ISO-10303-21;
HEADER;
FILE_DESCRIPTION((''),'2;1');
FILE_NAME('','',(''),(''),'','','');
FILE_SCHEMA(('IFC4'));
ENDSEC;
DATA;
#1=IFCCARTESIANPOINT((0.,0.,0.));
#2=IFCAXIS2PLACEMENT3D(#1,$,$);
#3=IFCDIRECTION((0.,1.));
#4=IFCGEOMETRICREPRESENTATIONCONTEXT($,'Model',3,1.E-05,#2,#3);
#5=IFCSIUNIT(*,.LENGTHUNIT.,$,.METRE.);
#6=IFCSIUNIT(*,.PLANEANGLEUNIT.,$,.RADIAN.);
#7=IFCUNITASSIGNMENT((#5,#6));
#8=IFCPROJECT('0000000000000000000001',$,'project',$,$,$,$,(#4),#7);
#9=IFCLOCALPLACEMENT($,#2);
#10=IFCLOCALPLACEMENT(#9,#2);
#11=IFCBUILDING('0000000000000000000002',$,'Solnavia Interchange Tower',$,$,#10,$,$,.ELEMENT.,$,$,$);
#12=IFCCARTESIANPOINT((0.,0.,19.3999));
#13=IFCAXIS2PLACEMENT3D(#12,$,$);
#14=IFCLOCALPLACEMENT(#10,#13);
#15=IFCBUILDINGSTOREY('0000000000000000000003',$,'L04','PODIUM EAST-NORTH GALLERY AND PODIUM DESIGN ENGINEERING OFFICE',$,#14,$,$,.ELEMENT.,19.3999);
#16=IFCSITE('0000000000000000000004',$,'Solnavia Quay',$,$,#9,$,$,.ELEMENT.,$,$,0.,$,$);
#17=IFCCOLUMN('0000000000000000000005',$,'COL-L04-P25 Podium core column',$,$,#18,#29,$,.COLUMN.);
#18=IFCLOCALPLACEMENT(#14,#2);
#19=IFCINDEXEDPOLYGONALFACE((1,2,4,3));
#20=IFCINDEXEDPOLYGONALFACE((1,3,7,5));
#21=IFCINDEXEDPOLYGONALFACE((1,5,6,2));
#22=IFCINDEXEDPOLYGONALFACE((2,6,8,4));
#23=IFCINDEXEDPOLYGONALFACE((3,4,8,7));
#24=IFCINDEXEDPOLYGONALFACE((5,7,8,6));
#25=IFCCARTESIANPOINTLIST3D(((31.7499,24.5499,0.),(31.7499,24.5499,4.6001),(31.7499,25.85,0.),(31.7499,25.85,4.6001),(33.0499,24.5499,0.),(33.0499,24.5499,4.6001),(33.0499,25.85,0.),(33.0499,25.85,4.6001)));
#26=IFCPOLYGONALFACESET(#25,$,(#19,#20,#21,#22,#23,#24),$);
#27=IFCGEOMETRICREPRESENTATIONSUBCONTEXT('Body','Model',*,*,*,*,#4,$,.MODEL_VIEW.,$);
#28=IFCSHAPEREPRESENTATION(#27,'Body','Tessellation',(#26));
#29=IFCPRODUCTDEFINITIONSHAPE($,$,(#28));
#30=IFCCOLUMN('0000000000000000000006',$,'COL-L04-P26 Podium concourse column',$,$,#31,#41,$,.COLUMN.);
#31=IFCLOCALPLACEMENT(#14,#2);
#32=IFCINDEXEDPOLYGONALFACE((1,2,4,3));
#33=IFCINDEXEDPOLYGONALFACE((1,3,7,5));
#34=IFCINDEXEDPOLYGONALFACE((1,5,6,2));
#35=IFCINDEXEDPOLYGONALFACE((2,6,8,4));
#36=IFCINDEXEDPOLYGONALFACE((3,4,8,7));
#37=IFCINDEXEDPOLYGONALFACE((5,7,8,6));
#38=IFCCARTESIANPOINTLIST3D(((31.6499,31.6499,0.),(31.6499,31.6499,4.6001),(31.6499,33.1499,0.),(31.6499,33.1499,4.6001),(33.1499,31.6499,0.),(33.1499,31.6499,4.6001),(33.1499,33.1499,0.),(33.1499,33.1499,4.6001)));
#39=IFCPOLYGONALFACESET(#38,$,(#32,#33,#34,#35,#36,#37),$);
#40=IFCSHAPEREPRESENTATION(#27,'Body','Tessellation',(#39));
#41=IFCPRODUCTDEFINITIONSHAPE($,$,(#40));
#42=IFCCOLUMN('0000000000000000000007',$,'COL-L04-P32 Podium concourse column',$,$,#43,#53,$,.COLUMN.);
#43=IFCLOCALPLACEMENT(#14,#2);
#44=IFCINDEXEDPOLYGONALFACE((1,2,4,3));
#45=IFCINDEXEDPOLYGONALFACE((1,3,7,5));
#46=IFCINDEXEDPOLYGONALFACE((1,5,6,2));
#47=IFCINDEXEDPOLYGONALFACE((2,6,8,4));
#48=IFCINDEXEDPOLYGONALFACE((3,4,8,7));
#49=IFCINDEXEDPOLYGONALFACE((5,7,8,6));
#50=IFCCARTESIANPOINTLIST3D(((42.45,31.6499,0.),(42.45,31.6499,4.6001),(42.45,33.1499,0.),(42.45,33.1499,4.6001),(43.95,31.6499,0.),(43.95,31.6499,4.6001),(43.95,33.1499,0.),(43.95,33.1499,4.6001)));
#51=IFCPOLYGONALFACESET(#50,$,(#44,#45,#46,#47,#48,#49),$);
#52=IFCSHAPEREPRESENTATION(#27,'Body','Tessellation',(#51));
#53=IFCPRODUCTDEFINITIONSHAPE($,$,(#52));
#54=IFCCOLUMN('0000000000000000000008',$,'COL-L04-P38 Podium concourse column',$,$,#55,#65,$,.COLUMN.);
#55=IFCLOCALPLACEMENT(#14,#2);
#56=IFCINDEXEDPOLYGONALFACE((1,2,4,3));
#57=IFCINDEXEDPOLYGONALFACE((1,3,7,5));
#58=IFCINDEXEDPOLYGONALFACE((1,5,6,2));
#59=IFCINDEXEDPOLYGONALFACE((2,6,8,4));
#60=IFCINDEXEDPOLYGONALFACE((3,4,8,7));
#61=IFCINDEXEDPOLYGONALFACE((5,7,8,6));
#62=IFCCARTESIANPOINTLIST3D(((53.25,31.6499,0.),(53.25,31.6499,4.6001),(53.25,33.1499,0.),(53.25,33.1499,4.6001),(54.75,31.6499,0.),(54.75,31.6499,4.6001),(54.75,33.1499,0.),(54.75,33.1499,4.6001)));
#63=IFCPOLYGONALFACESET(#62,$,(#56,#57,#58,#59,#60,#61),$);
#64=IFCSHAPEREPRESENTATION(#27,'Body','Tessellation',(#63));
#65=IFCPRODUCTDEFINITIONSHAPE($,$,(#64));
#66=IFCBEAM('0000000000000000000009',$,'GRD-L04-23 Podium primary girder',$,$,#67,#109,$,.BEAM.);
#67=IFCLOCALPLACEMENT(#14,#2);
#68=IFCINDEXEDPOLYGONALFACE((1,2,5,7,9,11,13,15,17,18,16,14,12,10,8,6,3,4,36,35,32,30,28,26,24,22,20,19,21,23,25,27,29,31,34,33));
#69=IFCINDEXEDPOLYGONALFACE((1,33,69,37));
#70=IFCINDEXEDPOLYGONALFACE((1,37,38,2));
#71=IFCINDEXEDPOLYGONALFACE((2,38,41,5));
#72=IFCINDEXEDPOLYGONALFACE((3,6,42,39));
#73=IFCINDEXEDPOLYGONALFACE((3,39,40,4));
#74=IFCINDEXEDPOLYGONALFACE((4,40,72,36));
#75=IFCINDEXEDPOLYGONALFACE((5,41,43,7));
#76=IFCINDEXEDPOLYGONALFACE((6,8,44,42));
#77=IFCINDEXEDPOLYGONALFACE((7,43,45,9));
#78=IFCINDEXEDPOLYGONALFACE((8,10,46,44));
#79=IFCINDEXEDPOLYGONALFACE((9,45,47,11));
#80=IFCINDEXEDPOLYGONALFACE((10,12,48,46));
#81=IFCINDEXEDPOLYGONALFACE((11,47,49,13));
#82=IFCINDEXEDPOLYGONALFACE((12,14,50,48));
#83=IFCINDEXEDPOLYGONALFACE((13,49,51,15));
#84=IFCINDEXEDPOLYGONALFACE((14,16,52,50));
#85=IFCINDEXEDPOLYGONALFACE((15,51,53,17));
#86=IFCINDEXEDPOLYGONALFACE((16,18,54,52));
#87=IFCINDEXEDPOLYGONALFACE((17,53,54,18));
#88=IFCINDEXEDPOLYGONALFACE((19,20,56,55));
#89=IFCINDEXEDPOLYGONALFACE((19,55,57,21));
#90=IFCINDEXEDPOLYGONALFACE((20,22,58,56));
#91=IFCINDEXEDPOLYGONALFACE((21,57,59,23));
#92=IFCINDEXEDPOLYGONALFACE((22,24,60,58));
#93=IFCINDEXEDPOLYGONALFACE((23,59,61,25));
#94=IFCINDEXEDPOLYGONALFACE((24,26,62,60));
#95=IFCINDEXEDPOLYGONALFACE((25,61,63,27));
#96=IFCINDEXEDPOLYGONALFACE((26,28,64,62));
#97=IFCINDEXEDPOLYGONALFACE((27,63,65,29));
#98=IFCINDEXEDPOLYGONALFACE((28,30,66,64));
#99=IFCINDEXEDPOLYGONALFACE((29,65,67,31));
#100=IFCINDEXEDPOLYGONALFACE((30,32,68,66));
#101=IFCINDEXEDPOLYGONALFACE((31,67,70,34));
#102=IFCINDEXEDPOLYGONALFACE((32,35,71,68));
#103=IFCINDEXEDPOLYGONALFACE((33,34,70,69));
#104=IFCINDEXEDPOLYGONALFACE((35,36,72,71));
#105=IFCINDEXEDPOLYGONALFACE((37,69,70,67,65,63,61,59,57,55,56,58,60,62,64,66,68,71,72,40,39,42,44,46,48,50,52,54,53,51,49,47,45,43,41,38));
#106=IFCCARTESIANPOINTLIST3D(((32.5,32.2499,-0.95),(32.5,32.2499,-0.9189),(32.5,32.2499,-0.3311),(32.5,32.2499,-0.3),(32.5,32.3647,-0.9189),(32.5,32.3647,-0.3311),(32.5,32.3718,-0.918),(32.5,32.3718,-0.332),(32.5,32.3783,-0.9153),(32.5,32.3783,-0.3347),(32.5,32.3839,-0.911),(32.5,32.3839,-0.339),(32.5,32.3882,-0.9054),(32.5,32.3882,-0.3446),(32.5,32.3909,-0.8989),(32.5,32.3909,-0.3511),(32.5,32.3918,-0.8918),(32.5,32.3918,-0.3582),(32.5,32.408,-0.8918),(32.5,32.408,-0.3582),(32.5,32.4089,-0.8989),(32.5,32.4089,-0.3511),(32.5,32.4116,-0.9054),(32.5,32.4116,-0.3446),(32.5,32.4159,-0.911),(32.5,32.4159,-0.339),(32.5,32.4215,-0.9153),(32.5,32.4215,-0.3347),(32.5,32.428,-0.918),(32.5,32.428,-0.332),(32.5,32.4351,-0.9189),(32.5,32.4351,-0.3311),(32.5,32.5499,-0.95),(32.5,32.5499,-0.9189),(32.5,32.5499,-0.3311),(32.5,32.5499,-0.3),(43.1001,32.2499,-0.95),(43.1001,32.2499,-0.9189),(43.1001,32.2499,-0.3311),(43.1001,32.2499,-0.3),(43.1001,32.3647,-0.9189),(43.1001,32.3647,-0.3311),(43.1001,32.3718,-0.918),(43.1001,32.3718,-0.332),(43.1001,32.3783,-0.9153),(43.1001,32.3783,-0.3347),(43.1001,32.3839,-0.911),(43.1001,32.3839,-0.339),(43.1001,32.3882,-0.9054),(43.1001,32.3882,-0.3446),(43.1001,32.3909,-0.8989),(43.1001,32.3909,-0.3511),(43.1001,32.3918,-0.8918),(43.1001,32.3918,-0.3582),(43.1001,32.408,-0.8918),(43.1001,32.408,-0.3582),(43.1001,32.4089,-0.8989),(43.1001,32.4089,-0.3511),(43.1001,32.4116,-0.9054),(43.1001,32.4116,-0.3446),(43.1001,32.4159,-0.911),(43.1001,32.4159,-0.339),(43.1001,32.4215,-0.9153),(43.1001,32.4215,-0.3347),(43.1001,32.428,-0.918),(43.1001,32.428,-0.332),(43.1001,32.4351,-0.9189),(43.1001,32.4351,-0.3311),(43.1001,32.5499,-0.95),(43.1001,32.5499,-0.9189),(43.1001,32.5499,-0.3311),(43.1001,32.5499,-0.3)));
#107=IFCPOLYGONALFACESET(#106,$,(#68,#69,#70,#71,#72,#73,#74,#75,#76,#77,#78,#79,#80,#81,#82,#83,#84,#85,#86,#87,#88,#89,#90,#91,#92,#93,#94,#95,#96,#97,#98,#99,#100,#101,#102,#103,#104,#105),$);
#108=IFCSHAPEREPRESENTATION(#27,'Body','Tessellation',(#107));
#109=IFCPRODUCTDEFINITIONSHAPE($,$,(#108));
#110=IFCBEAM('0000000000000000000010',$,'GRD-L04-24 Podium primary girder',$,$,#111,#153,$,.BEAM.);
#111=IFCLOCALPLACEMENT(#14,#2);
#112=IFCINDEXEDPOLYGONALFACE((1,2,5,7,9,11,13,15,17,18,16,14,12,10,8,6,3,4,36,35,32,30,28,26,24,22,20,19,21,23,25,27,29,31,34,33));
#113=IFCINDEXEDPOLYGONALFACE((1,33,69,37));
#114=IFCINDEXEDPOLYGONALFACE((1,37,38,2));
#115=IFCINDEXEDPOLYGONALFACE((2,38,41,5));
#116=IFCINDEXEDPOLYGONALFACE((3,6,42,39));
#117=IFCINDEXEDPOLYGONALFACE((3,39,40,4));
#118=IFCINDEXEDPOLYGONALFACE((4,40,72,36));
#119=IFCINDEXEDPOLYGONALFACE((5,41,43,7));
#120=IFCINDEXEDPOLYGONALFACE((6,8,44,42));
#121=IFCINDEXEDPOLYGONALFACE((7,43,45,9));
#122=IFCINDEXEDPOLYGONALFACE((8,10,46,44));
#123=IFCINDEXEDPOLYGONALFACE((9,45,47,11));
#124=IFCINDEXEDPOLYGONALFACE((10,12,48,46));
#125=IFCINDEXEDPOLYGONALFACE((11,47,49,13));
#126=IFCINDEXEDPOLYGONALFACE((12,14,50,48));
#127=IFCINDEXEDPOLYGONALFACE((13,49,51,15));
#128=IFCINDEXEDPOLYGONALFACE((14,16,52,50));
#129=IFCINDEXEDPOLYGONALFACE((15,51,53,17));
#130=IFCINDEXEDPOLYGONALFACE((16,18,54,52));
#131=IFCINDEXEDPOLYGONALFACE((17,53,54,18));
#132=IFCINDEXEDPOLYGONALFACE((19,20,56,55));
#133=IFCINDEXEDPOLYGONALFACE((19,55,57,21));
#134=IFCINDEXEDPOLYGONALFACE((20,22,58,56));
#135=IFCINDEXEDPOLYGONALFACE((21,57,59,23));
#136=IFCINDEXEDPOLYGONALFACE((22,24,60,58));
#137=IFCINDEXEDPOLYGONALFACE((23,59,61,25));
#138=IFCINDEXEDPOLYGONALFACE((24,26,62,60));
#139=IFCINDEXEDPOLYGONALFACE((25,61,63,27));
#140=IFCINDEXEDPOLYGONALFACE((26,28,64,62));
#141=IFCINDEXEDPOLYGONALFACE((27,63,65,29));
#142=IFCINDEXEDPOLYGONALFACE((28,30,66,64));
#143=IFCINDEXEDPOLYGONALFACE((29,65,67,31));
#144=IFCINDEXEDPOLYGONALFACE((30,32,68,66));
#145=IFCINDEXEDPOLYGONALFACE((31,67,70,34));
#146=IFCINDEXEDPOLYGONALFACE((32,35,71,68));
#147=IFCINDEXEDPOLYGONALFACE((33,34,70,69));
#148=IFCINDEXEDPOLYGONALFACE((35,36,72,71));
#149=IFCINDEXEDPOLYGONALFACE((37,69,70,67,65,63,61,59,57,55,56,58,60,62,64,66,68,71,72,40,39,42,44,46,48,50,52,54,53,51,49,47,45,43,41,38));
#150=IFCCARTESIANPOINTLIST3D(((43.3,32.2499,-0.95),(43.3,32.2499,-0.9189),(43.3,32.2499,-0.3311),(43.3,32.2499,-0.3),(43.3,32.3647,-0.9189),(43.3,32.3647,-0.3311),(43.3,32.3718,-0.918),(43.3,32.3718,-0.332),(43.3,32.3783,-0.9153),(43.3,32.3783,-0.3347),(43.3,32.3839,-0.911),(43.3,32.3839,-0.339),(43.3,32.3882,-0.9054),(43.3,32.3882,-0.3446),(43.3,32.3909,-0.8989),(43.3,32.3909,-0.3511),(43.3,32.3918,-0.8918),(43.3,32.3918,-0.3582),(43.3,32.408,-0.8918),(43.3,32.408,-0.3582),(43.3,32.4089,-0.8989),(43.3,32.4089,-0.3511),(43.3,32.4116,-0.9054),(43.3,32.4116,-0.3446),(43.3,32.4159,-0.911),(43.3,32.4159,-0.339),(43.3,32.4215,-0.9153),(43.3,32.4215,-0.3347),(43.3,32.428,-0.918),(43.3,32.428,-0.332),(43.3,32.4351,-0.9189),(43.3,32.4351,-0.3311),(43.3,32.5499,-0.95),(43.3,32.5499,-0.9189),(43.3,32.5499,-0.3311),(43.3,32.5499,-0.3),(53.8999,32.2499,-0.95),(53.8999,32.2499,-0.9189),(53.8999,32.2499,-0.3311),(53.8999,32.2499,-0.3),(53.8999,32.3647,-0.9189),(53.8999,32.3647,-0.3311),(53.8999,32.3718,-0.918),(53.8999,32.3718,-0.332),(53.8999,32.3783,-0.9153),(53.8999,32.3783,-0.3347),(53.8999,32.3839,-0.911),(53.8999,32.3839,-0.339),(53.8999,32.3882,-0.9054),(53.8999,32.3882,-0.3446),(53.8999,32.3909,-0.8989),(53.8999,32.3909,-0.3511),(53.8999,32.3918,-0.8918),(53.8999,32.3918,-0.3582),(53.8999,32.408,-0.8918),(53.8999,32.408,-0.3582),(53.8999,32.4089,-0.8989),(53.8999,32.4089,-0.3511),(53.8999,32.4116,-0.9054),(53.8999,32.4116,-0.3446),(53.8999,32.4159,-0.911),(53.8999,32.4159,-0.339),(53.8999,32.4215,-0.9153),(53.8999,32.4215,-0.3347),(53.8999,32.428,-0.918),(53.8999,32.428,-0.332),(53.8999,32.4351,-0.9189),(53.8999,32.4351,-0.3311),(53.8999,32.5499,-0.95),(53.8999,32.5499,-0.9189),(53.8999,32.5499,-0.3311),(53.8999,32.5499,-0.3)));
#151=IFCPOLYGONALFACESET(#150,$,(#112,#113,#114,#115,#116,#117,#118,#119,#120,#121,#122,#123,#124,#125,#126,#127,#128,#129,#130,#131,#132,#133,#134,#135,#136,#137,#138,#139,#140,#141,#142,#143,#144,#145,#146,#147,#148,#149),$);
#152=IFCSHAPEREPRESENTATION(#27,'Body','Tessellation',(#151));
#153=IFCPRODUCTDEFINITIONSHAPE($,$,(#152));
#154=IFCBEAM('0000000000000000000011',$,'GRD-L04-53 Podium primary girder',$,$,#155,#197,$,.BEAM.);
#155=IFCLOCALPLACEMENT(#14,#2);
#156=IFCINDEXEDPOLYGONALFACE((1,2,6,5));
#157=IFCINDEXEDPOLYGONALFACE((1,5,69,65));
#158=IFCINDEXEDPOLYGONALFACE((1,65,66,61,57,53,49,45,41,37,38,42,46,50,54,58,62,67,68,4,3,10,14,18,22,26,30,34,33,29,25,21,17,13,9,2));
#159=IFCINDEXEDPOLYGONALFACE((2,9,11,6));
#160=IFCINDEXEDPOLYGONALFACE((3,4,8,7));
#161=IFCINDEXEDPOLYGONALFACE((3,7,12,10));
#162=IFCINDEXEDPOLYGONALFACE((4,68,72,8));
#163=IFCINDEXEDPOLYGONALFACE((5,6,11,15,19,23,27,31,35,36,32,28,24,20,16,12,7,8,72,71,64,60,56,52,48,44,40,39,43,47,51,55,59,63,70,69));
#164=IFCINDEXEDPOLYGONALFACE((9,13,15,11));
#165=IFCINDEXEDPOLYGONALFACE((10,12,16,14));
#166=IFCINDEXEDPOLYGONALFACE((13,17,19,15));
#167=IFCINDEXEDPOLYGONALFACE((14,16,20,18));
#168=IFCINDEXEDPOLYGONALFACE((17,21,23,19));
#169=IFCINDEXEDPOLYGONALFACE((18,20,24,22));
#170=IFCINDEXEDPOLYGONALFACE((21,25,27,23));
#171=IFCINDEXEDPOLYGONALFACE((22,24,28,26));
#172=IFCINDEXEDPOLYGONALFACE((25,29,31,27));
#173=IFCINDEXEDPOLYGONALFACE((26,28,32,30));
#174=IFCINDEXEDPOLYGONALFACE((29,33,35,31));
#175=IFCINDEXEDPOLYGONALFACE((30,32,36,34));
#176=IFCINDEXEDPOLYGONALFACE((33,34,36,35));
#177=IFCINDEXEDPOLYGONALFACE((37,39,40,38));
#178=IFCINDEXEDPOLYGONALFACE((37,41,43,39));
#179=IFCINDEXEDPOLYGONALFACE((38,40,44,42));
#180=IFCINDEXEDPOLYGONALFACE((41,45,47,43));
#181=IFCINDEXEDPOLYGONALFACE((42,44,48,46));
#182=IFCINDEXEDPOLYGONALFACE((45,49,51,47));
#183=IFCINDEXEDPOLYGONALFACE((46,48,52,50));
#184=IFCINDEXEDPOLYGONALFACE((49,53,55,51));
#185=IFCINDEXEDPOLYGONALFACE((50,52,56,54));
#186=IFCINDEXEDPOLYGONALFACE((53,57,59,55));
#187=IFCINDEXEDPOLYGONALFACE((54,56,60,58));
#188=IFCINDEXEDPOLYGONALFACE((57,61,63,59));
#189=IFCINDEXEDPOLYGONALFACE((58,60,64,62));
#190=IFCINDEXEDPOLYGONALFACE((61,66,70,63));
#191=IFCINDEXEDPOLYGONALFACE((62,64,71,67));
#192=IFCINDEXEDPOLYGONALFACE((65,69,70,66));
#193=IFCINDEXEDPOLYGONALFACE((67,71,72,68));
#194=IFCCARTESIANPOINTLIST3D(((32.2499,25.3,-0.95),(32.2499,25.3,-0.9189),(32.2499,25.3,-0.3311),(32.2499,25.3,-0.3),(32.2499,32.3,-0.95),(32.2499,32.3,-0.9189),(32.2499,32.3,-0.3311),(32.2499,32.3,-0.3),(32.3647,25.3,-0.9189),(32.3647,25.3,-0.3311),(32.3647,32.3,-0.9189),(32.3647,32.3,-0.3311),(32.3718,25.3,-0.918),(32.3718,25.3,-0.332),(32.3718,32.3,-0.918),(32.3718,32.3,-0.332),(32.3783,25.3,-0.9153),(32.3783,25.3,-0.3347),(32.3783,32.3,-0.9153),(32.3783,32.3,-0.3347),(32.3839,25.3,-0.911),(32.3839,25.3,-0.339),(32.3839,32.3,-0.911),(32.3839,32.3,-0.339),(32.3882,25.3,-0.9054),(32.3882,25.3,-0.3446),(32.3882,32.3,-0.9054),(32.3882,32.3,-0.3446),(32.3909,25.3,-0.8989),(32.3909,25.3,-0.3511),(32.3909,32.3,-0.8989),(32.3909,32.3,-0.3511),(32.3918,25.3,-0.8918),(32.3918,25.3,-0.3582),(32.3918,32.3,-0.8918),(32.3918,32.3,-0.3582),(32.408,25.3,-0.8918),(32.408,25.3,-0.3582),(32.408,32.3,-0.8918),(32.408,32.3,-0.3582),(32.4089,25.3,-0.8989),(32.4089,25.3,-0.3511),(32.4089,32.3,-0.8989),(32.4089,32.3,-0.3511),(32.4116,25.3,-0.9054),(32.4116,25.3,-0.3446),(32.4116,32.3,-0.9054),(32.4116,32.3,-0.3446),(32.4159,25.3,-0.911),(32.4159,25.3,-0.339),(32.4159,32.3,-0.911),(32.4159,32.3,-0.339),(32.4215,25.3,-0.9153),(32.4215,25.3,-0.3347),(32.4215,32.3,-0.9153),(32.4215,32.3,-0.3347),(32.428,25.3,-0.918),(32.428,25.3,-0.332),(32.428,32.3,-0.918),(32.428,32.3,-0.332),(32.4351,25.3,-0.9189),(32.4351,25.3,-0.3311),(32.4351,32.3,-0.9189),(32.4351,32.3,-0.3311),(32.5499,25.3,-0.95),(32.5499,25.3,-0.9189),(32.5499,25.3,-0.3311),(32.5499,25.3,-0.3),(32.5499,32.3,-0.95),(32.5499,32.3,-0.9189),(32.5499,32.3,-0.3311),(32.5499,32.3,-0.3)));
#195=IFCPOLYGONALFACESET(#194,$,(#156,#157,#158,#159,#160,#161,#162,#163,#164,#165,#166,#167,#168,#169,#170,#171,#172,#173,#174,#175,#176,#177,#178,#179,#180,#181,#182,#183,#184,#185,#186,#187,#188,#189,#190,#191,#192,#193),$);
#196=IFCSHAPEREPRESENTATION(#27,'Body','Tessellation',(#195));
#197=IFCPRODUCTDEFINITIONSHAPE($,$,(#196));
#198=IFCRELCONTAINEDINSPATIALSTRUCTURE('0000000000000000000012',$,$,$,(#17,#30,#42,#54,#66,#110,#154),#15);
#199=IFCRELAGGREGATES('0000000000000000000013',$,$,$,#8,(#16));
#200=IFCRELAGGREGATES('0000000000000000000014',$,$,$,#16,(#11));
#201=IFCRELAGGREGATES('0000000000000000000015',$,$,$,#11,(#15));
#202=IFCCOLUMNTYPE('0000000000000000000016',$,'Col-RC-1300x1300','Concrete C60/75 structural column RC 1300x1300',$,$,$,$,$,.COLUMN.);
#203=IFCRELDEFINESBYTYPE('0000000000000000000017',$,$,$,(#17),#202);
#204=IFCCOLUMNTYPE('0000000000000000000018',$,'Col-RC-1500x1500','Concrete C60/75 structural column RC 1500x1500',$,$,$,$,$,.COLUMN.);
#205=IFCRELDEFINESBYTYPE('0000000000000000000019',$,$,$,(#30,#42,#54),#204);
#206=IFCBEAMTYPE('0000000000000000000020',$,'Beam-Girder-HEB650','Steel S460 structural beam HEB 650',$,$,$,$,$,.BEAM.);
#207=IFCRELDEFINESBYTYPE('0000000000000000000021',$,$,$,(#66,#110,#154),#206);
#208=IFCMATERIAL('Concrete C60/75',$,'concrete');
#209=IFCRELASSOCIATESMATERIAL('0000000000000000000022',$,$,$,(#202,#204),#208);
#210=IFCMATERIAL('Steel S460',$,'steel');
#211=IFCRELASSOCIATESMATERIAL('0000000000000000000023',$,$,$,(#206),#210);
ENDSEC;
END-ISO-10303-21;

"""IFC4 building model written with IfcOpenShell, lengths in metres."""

from ifc_helpers import new_model, si_unit, direction, frame, origin, origin_2d, place, context, subcontext, project, spatial, rectangle, i_section, extrude, material, material_profile, profile_set, type_object, element, save


model = new_model("IFC4")

# Units and contexts
model_context = context("Model", 3, precision=1e-05, world=origin(), true_north=direction((0.0, 1.0)))
body_context = subcontext(model_context, "Body", "Model", "MODEL_VIEW")
ifc_project = project(units=[si_unit("LENGTHUNIT", "METRE"), si_unit("PLANEANGLEUNIT", "RADIAN")], contexts=[model_context])

# Site, building, storey
site_placement = place(None, origin())
site = spatial("IfcSite", under=ifc_project, at=site_placement, Name="Solnavia Quay", CompositionType="ELEMENT", RefElevation=0.0)
building_placement = place(site_placement, origin())
building = spatial("IfcBuilding", under=site, at=building_placement, Name="Solnavia Interchange Tower", CompositionType="ELEMENT")
storey_placement = place(building_placement, frame((0.0, 0.0, 19.3999)))
storey = spatial("IfcBuildingStorey", under=building, at=storey_placement, Name="L04", Description="PODIUM EAST-NORTH GALLERY AND PODIUM DESIGN ENGINEERING OFFICE", CompositionType="ELEMENT", Elevation=19.3999)

# Columns
ifc_material_1 = material(Name="Concrete C60/75", Category="concrete")
ifc_material_profile_1 = material_profile(ifc_material_1, rectangle(XDim=1.3, YDim=1.3, at=origin_2d()), Name="RC 1300x1300")
ifc_profile_set_1 = profile_set([ifc_material_profile_1], Name="Concrete C60/75")
column_type_1 = type_object("IfcColumnType", Name="Col-RC-1300x1300", Description="Concrete C60/75 structural column RC 1300x1300", PredefinedType="COLUMN", material=ifc_profile_set_1)
column_placement = place(storey_placement, frame((32.3999, 25.2, 0.0), z_axis=(0.0, 0.0, 1.0), x_axis=(1.0, 0.0, 0.0)))
element("IfcColumn", 1, at=column_placement, inside=storey, type_object=column_type_1, Name="COL-L04-P25 Podium core column", PredefinedType="COLUMN", context=body_context, shape_type="SweptSolid", body=[
    extrude(rectangle(XDim=1.3, YDim=1.3, at=origin_2d()), origin(), (0.0, 0.0, 1.0), 4.6001),
])
ifc_material_profile_2 = material_profile(ifc_material_1, rectangle(XDim=1.5, YDim=1.5, at=origin_2d()), Name="RC 1500x1500")
ifc_profile_set_2 = profile_set([ifc_material_profile_2], Name="Concrete C60/75")
column_type_2 = type_object("IfcColumnType", Name="Col-RC-1500x1500", Description="Concrete C60/75 structural column RC 1500x1500", PredefinedType="COLUMN", material=ifc_profile_set_2)
for number, where, z_axis, x_axis, name in (
    (2, (32.3999, 32.3999, 0.0), (0.0, 0.0, 1.0), (1.0, 0.0, 0.0), "COL-L04-P26 Podium concourse column"),
    (3, (43.2, 32.3999, 0.0), (0.0, 0.0, 1.0), (1.0, 0.0, 0.0), "COL-L04-P32 Podium concourse column"),
    (4, (54.0, 32.3999, 0.0), (0.0, 0.0, 1.0), (1.0, 0.0, 0.0), "COL-L04-P38 Podium concourse column"),
):
    element("IfcColumn", number, at=place(storey_placement, frame(where, z_axis=z_axis, x_axis=x_axis)), inside=storey, type_object=column_type_2, Name=name, PredefinedType="COLUMN", context=body_context, shape_type="SweptSolid", body=[
        extrude(rectangle(XDim=1.5, YDim=1.5, at=origin_2d()), origin(), (0.0, 0.0, 1.0), 4.6001),
    ])

# Beams
ifc_material_2 = material(Name="Steel S460", Category="steel")
ifc_material_profile_3 = material_profile(ifc_material_2, i_section(OverallWidth=0.3, OverallDepth=0.6499, WebThickness=0.0161, FlangeThickness=0.031, FilletRadius=0.0271, at=origin_2d()), Name="HEB 650")
ifc_profile_set_3 = profile_set([ifc_material_profile_3], Name="Steel S460")
beam_type_1 = type_object("IfcBeamType", Name="Beam-Girder-HEB650", Description="Steel S460 structural beam HEB 650", PredefinedType="BEAM", material=ifc_profile_set_3)
beam_1_placement = place(storey_placement, frame((32.5, 32.3999, -0.625), z_axis=(1.0, 0.0, 0.0), x_axis=(0.0, 1.0, 0.0)))
element("IfcBeam", 5, at=beam_1_placement, inside=storey, type_object=beam_type_1, Name="GRD-L04-23 Podium primary girder", PredefinedType="BEAM", context=body_context, shape_type="SweptSolid", body=[
    extrude(i_section(OverallWidth=0.3, OverallDepth=0.6499, WebThickness=0.0161, FlangeThickness=0.031, FilletRadius=0.0271, at=origin_2d()), origin(), (0.0, 0.0, 1.0), 10.6001),
])
beam_2_placement = place(storey_placement, frame((43.3, 32.3999, -0.625), z_axis=(1.0, 0.0, 0.0), x_axis=(0.0, 1.0, 0.0)))
element("IfcBeam", 6, at=beam_2_placement, inside=storey, type_object=beam_type_1, Name="GRD-L04-24 Podium primary girder", PredefinedType="BEAM", context=body_context, shape_type="SweptSolid", body=[
    extrude(i_section(OverallWidth=0.3, OverallDepth=0.6499, WebThickness=0.0161, FlangeThickness=0.031, FilletRadius=0.0271, at=origin_2d()), origin(), (0.0, 0.0, 1.0), 10.5999),
])
beam_3_placement = place(storey_placement, frame((32.3999, 25.3, -0.625), z_axis=(0.0, 1.0, 0.0), x_axis=(-1.0, 0.0, 0.0)))
element("IfcBeam", 7, at=beam_3_placement, inside=storey, type_object=beam_type_1, Name="GRD-L04-53 Podium primary girder", PredefinedType="BEAM", context=body_context, shape_type="SweptSolid", body=[
    extrude(i_section(OverallWidth=0.3, OverallDepth=0.6499, WebThickness=0.0161, FlangeThickness=0.031, FilletRadius=0.0271, at=origin_2d()), origin(), (0.0, 0.0, 1.0), 7.0),
])

save(model, "model.ifc")
